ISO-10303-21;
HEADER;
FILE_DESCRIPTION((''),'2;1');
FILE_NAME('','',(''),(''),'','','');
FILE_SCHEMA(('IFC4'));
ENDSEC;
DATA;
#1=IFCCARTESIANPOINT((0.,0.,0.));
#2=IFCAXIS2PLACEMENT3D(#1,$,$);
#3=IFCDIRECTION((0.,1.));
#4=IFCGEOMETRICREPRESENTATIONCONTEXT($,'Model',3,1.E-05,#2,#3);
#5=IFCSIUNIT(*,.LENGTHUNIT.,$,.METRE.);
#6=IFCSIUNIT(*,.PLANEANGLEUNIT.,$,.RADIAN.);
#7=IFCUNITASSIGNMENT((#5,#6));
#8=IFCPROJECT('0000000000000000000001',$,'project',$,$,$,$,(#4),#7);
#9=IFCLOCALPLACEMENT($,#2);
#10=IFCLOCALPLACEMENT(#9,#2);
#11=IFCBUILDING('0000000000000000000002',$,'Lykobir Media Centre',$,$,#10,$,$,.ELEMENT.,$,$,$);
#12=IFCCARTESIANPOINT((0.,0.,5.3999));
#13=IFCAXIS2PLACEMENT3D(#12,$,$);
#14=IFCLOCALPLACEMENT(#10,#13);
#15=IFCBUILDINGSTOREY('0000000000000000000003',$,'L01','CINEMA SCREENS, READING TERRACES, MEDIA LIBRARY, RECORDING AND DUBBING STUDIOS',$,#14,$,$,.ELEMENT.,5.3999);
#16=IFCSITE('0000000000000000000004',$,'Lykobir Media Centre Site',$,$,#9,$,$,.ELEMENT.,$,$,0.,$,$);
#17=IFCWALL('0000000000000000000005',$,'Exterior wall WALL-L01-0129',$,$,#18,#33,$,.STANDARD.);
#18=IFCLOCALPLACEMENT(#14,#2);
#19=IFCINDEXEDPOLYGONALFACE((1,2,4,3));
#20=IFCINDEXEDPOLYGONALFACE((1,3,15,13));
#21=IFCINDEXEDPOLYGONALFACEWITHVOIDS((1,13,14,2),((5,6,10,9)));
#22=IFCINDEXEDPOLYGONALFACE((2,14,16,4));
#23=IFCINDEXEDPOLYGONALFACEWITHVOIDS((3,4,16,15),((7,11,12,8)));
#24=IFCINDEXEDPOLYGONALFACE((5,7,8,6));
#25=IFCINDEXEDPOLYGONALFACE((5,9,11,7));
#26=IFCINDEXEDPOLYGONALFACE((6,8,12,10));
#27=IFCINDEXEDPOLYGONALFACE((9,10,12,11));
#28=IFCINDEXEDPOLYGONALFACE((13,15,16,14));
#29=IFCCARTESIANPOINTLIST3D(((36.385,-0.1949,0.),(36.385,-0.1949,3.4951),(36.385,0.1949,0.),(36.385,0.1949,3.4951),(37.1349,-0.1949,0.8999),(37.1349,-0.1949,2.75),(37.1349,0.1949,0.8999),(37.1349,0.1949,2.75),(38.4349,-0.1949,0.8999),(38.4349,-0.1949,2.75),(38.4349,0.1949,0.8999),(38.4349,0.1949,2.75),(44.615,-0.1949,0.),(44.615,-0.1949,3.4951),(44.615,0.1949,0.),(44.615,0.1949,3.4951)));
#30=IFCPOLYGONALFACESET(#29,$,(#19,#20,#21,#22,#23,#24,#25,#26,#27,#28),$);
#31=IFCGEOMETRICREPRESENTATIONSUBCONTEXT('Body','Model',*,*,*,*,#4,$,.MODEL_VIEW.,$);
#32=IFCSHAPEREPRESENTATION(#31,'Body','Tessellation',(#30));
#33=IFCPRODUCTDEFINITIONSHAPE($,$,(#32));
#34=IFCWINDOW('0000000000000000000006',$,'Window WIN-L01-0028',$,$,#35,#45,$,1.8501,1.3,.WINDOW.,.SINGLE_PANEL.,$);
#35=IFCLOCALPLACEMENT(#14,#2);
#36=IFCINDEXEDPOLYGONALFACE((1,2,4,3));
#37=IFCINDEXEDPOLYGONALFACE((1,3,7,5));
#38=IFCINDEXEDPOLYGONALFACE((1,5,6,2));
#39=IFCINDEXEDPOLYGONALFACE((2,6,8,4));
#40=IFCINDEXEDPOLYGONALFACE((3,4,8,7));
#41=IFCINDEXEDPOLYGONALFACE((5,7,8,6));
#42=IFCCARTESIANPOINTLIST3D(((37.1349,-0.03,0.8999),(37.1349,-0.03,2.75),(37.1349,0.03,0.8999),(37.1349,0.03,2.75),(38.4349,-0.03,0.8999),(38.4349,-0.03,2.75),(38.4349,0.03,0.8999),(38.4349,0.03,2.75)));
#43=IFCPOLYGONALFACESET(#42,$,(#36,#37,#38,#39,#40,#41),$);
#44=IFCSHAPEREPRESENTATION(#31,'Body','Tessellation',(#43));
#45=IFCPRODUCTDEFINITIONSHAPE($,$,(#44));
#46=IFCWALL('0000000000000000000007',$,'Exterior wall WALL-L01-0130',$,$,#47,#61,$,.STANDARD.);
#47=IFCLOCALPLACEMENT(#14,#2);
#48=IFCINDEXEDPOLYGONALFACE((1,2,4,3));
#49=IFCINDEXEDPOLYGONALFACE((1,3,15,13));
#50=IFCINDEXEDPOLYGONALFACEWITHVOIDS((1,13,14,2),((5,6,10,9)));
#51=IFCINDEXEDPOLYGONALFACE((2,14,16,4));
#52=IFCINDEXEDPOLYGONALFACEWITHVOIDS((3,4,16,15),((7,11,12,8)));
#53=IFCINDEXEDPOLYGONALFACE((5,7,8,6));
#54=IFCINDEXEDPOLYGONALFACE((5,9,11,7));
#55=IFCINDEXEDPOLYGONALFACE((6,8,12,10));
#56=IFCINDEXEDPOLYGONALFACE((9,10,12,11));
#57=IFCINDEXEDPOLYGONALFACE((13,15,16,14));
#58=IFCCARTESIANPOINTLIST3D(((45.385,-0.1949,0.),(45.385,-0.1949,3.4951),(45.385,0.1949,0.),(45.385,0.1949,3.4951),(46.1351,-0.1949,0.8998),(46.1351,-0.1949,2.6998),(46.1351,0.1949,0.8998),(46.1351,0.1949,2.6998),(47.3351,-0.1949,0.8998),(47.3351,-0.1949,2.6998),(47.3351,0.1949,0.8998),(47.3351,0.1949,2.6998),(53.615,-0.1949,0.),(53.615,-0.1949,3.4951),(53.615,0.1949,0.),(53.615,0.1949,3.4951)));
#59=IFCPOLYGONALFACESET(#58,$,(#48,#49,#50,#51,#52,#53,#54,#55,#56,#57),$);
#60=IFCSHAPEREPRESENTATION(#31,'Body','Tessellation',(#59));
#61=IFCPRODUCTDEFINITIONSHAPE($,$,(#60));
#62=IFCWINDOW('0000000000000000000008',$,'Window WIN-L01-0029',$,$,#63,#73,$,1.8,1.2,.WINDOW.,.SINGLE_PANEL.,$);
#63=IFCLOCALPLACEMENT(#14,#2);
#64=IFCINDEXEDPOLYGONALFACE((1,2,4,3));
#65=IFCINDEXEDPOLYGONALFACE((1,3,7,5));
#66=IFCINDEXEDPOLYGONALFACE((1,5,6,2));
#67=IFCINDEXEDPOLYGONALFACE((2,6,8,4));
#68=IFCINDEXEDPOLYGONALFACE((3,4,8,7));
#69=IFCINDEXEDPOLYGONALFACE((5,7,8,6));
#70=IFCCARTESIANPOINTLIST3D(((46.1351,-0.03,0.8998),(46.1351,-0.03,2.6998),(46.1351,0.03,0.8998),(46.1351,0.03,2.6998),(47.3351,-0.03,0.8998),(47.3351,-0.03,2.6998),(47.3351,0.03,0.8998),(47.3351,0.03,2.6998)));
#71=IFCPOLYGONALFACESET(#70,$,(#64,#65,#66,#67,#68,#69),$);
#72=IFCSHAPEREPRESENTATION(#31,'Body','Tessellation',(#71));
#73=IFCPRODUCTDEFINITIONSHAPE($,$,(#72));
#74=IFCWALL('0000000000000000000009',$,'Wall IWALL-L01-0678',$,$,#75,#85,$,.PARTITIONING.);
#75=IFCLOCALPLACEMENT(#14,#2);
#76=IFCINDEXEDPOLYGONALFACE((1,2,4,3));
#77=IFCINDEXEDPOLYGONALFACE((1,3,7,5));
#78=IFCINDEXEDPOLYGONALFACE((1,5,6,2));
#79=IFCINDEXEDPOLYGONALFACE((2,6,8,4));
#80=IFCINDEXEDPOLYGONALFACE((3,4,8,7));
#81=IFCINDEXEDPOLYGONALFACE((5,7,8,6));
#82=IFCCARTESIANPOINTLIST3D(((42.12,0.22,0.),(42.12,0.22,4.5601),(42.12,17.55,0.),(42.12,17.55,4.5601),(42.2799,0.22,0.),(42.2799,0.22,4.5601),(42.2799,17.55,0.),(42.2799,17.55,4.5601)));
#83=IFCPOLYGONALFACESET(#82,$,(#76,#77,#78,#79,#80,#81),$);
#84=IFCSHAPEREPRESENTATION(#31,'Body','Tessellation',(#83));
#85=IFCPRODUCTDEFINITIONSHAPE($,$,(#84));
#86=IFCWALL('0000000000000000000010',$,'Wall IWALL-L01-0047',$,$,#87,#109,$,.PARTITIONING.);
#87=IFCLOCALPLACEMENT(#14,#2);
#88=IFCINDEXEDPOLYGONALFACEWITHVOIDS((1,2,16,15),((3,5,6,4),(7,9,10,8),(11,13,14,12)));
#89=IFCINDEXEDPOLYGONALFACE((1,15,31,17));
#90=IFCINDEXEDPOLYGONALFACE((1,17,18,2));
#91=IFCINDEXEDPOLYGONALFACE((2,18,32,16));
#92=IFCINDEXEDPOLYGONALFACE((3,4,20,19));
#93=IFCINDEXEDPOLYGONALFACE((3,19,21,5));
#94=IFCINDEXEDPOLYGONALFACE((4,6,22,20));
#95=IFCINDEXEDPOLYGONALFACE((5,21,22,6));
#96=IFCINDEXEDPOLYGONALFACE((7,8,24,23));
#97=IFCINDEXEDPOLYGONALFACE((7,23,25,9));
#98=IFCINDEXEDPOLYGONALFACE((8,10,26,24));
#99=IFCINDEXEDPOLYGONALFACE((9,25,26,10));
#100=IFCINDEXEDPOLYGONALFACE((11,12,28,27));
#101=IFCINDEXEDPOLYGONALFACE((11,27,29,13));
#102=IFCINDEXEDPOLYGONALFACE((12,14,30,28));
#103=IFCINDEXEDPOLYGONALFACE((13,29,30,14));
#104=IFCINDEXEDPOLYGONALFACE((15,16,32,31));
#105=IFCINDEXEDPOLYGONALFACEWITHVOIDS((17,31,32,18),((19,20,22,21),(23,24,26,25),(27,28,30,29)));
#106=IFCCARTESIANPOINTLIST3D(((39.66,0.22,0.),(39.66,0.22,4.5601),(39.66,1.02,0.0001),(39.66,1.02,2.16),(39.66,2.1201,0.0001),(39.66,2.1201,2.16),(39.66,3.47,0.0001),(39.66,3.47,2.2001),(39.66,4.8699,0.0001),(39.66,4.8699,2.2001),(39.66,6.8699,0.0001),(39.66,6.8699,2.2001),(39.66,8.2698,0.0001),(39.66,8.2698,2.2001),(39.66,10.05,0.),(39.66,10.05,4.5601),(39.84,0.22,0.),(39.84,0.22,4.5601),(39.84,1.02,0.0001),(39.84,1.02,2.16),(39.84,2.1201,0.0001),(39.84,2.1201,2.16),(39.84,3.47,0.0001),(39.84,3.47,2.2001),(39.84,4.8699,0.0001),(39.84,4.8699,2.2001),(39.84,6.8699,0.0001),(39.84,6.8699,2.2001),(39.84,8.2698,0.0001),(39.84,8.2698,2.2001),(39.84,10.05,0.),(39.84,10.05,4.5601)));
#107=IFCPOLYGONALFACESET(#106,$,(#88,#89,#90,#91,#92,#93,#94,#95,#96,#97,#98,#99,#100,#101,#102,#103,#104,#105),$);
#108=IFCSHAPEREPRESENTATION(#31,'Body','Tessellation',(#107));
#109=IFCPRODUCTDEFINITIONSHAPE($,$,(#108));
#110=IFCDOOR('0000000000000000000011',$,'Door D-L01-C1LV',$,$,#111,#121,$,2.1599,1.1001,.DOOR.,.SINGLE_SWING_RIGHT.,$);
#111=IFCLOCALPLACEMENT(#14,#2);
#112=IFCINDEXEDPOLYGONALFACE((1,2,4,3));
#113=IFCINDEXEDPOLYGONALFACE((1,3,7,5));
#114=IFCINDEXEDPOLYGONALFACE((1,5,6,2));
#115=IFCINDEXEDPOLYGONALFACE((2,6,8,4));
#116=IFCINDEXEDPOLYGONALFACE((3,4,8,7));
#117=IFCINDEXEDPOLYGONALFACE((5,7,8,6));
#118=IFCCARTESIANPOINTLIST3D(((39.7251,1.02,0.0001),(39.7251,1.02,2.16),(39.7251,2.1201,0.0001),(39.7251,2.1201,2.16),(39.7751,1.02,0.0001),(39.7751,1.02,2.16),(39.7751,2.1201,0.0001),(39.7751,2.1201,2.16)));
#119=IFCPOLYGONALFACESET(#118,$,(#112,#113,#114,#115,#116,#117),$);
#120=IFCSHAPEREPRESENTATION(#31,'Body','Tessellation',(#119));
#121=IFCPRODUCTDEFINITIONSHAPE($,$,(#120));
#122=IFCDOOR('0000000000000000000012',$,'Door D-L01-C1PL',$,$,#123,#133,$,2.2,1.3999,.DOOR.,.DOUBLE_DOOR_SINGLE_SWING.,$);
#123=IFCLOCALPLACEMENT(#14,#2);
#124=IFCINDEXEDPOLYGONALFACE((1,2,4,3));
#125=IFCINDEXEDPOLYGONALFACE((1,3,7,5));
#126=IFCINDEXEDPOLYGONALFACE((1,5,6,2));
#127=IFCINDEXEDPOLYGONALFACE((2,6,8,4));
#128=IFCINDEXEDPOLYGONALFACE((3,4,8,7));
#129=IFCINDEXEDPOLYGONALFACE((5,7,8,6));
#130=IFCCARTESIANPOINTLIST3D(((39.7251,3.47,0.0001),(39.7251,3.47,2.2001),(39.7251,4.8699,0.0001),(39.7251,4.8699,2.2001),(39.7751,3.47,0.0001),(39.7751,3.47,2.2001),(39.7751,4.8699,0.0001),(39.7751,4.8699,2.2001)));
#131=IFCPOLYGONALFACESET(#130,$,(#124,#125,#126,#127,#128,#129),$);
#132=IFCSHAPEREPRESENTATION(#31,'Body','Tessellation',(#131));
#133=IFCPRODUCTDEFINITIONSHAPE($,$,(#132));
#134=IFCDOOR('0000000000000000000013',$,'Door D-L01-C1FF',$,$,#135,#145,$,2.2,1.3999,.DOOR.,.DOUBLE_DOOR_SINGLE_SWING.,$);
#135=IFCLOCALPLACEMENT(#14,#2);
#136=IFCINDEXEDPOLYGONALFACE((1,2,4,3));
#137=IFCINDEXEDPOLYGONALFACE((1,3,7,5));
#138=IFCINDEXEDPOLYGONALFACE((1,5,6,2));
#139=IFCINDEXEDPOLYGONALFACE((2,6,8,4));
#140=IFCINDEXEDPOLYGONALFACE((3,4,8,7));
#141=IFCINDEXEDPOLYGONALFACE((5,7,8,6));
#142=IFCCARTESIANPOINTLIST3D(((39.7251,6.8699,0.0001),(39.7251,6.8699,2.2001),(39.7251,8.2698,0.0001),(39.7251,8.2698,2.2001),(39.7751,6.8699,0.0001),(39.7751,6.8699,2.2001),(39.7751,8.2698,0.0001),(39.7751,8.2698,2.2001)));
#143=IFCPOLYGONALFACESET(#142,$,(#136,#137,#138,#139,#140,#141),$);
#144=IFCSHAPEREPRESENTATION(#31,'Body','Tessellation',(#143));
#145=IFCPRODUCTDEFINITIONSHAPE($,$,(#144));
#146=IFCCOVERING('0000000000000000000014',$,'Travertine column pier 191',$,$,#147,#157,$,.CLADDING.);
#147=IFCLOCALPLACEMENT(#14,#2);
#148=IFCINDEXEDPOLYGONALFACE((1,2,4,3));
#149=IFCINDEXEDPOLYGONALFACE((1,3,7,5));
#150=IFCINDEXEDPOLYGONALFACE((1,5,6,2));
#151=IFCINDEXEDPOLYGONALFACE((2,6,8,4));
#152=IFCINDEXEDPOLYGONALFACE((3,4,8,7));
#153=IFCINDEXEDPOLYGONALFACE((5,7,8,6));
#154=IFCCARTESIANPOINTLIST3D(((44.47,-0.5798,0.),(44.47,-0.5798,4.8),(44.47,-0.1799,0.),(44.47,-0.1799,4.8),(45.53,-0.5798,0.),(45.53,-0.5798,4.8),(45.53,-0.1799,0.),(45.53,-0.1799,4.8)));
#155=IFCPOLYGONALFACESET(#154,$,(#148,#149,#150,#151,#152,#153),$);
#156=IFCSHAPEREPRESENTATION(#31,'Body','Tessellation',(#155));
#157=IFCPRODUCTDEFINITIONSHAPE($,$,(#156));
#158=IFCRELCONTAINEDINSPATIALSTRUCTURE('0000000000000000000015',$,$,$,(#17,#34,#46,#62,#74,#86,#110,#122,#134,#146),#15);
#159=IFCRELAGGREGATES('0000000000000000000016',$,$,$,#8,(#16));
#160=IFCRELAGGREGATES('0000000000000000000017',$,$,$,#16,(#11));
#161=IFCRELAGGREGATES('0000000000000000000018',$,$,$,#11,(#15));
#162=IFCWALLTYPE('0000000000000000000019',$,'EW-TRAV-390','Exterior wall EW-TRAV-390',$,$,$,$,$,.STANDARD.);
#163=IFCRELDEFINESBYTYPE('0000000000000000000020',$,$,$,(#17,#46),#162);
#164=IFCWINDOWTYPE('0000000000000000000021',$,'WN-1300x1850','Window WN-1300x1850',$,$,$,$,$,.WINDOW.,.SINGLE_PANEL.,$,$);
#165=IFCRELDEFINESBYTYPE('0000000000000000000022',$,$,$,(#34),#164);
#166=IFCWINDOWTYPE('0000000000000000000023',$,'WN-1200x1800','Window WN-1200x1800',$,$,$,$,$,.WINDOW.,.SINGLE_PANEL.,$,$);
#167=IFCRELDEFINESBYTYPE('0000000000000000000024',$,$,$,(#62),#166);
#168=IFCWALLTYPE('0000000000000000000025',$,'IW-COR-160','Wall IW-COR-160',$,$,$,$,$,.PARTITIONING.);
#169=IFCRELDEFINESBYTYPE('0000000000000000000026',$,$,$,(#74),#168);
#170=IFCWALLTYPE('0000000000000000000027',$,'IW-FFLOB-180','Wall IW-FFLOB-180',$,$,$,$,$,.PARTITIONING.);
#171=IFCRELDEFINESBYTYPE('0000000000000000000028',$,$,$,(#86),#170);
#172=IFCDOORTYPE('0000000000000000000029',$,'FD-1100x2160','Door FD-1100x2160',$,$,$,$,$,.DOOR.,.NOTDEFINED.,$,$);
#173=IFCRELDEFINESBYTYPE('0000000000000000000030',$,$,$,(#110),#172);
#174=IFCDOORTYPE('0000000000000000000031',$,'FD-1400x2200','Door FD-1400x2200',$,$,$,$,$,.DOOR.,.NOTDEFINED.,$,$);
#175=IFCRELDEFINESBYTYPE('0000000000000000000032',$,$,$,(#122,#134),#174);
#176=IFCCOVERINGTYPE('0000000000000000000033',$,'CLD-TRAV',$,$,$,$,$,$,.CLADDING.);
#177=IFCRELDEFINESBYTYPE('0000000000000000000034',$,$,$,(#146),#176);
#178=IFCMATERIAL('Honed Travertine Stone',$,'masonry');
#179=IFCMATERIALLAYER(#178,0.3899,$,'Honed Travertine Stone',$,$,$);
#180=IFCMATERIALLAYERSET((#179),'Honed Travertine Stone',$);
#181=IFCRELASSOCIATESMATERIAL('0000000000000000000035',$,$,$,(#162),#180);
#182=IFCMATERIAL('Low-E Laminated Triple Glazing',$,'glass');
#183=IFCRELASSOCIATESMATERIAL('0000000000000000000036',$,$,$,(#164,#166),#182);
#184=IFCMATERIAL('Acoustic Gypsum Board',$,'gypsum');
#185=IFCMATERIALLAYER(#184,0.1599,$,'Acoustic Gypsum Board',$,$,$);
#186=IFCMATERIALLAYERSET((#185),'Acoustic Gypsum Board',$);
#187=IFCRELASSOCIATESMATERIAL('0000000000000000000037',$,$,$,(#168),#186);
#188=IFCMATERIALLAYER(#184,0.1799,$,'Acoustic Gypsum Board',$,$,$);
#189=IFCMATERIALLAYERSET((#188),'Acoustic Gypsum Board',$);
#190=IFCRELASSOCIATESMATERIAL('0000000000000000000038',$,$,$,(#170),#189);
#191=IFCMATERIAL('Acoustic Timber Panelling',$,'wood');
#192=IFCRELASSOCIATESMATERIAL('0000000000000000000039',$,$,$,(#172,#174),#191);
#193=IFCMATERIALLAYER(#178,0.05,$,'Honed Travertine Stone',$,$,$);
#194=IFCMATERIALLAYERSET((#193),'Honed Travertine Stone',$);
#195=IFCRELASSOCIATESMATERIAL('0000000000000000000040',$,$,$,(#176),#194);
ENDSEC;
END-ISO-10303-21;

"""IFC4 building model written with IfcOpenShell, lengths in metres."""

from ifc_helpers import new_model, si_unit, direction, frame, frame_2d, origin, origin_2d, place, context, subcontext, project, spatial, rectangle, extrude, material, layer, layer_set, type_object, element, fill, save


model = new_model("IFC4")

# Units and contexts
model_context = context("Model", 3, precision=1e-05, world=origin(), true_north=direction((0.0, 1.0)))
body_context = subcontext(model_context, "Body", "Model", "MODEL_VIEW")
ifc_project = project(units=[si_unit("LENGTHUNIT", "METRE"), si_unit("PLANEANGLEUNIT", "RADIAN")], contexts=[model_context])

# Site, building, storey
site_placement = place(None, origin())
site = spatial("IfcSite", under=ifc_project, at=site_placement, Name="Lykobir Media Centre Site", CompositionType="ELEMENT", RefElevation=0.0)
building_placement = place(site_placement, origin())
building = spatial("IfcBuilding", under=site, at=building_placement, Name="Lykobir Media Centre", CompositionType="ELEMENT")
storey_placement = place(building_placement, frame((0.0, 0.0, 5.3999)))
storey = spatial("IfcBuildingStorey", under=building, at=storey_placement, Name="L01", Description="CINEMA SCREENS, READING TERRACES, MEDIA LIBRARY, RECORDING AND DUBBING STUDIOS", CompositionType="ELEMENT", Elevation=5.3999)

# Shared definitions
ifc_material_1 = material(Name="Honed Travertine Stone", Category="masonry")

# Walls, openings, windows
ifc_layer_1 = layer(ifc_material_1, 0.3899, Name="Honed Travertine Stone")
ifc_layer_set_1 = layer_set([ifc_layer_1], Name="Honed Travertine Stone")
wall_type_1 = type_object("IfcWallType", Name="EW-TRAV-390", Description="Exterior wall EW-TRAV-390", PredefinedType="STANDARD", material=ifc_layer_set_1)
wall_1_placement = place(storey_placement, frame((36.385, 0.0, 0.0), z_axis=(0.0, 0.0, 1.0), x_axis=(1.0, 0.0, 0.0)))
wall_1 = element("IfcWall", 1, at=wall_1_placement, inside=storey, type_object=wall_type_1, Name="Exterior wall WALL-L01-0129", PredefinedType="STANDARD", context=body_context, shape_type="SweptSolid", body=[
    extrude(rectangle(XDim=8.23, YDim=0.3899, at=frame_2d((4.115, 0.0))), origin(), (0.0, 0.0, 1.0), 3.4951),
])
opening_1_placement = place(wall_1_placement, frame((0.75, 0.0, 0.8999)))
opening_1 = element("IfcOpeningElement", 2, at=opening_1_placement, cuts=wall_1, PredefinedType="OPENING", context=body_context, shape_type="SweptSolid", body=[
    extrude(rectangle(XDim=1.3, YDim=1.8501, at=frame_2d((0.6499, 0.925))), frame((0.0, 0.2048, 0.0), z_axis=(0.0, -1.0, 0.0), x_axis=(1.0, 0.0, 0.0)), (0.0, 0.0, 1.0), 0.4099),
])
ifc_material_2 = material(Name="Low-E Laminated Triple Glazing", Category="glass")
window_type_1 = type_object("IfcWindowType", Name="WN-1300x1850", Description="Window WN-1300x1850", PartitioningType="SINGLE_PANEL", PredefinedType="WINDOW", material=ifc_material_2)
window_1_placement = place(opening_1_placement, origin())
window_1 = element("IfcWindow", 3, at=window_1_placement, inside=storey, type_object=window_type_1, Name="Window WIN-L01-0028", OverallHeight=1.8501, OverallWidth=1.3, PartitioningType="SINGLE_PANEL", PredefinedType="WINDOW", context=body_context, shape_type="SweptSolid", body=[
    extrude(rectangle(XDim=1.3, YDim=1.8501, at=frame_2d((0.6499, 0.925))), frame((0.0, 0.03, 0.0), z_axis=(0.0, -1.0, 0.0), x_axis=(1.0, 0.0, 0.0)), (0.0, 0.0, 1.0), 0.0601),
])
fill(opening_1, window_1)
wall_2_placement = place(storey_placement, frame((45.385, 0.0, 0.0), z_axis=(0.0, 0.0, 1.0), x_axis=(1.0, 0.0, 0.0)))
wall_2 = element("IfcWall", 4, at=wall_2_placement, inside=storey, type_object=wall_type_1, Name="Exterior wall WALL-L01-0130", PredefinedType="STANDARD", context=body_context, shape_type="SweptSolid", body=[
    extrude(rectangle(XDim=8.23, YDim=0.3899, at=frame_2d((4.115, 0.0))), origin(), (0.0, 0.0, 1.0), 3.4951),
])
opening_2_placement = place(wall_2_placement, frame((0.75, 0.0, 0.8999)))
opening_2 = element("IfcOpeningElement", 5, at=opening_2_placement, cuts=wall_2, PredefinedType="OPENING", context=body_context, shape_type="SweptSolid", body=[
    extrude(rectangle(XDim=1.2, YDim=1.8, at=frame_2d((0.6001, 0.8999))), frame((0.0, 0.2048, 0.0), z_axis=(0.0, -1.0, 0.0), x_axis=(1.0, 0.0, 0.0)), (0.0, 0.0, 1.0), 0.4099),
])
window_type_2 = type_object("IfcWindowType", Name="WN-1200x1800", Description="Window WN-1200x1800", PartitioningType="SINGLE_PANEL", PredefinedType="WINDOW", material=ifc_material_2)
window_2_placement = place(opening_2_placement, origin())
window_2 = element("IfcWindow", 6, at=window_2_placement, inside=storey, type_object=window_type_2, Name="Window WIN-L01-0029", OverallHeight=1.8, OverallWidth=1.2, PartitioningType="SINGLE_PANEL", PredefinedType="WINDOW", context=body_context, shape_type="SweptSolid", body=[
    extrude(rectangle(XDim=1.2, YDim=1.8, at=frame_2d((0.6001, 0.8999))), frame((0.0, 0.03, 0.0), z_axis=(0.0, -1.0, 0.0), x_axis=(1.0, 0.0, 0.0)), (0.0, 0.0, 1.0), 0.0601),
])
fill(opening_2, window_2)

# Wall
ifc_material_3 = material(Name="Acoustic Gypsum Board", Category="gypsum")
ifc_layer_2 = layer(ifc_material_3, 0.1599, Name="Acoustic Gypsum Board")
ifc_layer_set_2 = layer_set([ifc_layer_2], Name="Acoustic Gypsum Board")
wall_type_2 = type_object("IfcWallType", Name="IW-COR-160", Description="Wall IW-COR-160", PredefinedType="PARTITIONING", material=ifc_layer_set_2)
wall_3_placement = place(storey_placement, frame((42.2, 0.22, 0.0), z_axis=(0.0, 0.0, 1.0), x_axis=(0.0, 1.0, 0.0)))
element("IfcWall", 7, at=wall_3_placement, inside=storey, type_object=wall_type_2, Name="Wall IWALL-L01-0678", PredefinedType="PARTITIONING", context=body_context, shape_type="SweptSolid", body=[
    extrude(rectangle(XDim=17.3301, YDim=0.1599, at=frame_2d((8.665, 0.0))), origin(), (0.0, 0.0, 1.0), 4.5601),
])

# Wall, openings, doors
ifc_layer_3 = layer(ifc_material_3, 0.1799, Name="Acoustic Gypsum Board")
ifc_layer_set_3 = layer_set([ifc_layer_3], Name="Acoustic Gypsum Board")
wall_type_3 = type_object("IfcWallType", Name="IW-FFLOB-180", Description="Wall IW-FFLOB-180", PredefinedType="PARTITIONING", material=ifc_layer_set_3)
wall_4_placement = place(storey_placement, frame((39.75, 0.22, 0.0), z_axis=(0.0, 0.0, 1.0), x_axis=(0.0, 1.0, 0.0)))
wall_4 = element("IfcWall", 8, at=wall_4_placement, inside=storey, type_object=wall_type_3, Name="Wall IWALL-L01-0047", PredefinedType="PARTITIONING", context=body_context, shape_type="SweptSolid", body=[
    extrude(rectangle(XDim=9.8301, YDim=0.1799, at=frame_2d((4.915, 0.0))), origin(), (0.0, 0.0, 1.0), 4.5601),
])
opening_3_placement = place(wall_4_placement, frame((0.8, 0.0, 0.0)))
opening_3 = element("IfcOpeningElement", 9, at=opening_3_placement, cuts=wall_4, PredefinedType="OPENING", context=body_context, shape_type="SweptSolid", body=[
    extrude(rectangle(XDim=1.1001, YDim=2.1599, at=frame_2d((0.55, 1.0801))), frame((0.0, 0.0999, 0.0), z_axis=(0.0, -1.0, 0.0), x_axis=(1.0, 0.0, 0.0)), (0.0, 0.0, 1.0), 0.2),
])
opening_4_placement = place(wall_4_placement, frame((3.25, 0.0, 0.0)))
opening_4 = element("IfcOpeningElement", 10, at=opening_4_placement, cuts=wall_4, PredefinedType="OPENING", context=body_context, shape_type="SweptSolid", body=[
    extrude(rectangle(XDim=1.3999, YDim=2.2, at=frame_2d((0.7, 1.1001))), frame((0.0, 0.0999, 0.0), z_axis=(0.0, -1.0, 0.0), x_axis=(1.0, 0.0, 0.0)), (0.0, 0.0, 1.0), 0.2),
])
opening_5_placement = place(wall_4_placement, frame((6.6499, 0.0, 0.0)))
opening_5 = element("IfcOpeningElement", 11, at=opening_5_placement, cuts=wall_4, PredefinedType="OPENING", context=body_context, shape_type="SweptSolid", body=[
    extrude(rectangle(XDim=1.3999, YDim=2.2, at=frame_2d((0.7, 1.1001))), frame((0.0, 0.0999, 0.0), z_axis=(0.0, -1.0, 0.0), x_axis=(1.0, 0.0, 0.0)), (0.0, 0.0, 1.0), 0.2),
])
ifc_material_4 = material(Name="Acoustic Timber Panelling", Category="wood")
door_type_1 = type_object("IfcDoorType", Name="FD-1100x2160", Description="Door FD-1100x2160", OperationType="NOTDEFINED", PredefinedType="DOOR", material=ifc_material_4)
door_1_placement = place(opening_3_placement, origin())
door_1 = element("IfcDoor", 12, at=door_1_placement, inside=storey, type_object=door_type_1, Name="Door D-L01-C1LV", OperationType="SINGLE_SWING_RIGHT", OverallHeight=2.1599, OverallWidth=1.1001, PredefinedType="DOOR", context=body_context, shape_type="SweptSolid", body=[
    extrude(rectangle(XDim=1.1001, YDim=2.1599, at=frame_2d((0.55, 1.0801))), frame((0.0, 0.0249, 0.0), z_axis=(0.0, -1.0, 0.0), x_axis=(1.0, 0.0, 0.0)), (0.0, 0.0, 1.0), 0.05),
])
fill(opening_3, door_1)
door_type_2 = type_object("IfcDoorType", Name="FD-1400x2200", Description="Door FD-1400x2200", OperationType="NOTDEFINED", PredefinedType="DOOR", material=ifc_material_4)
door_2_placement = place(opening_4_placement, origin())
door_2 = element("IfcDoor", 13, at=door_2_placement, inside=storey, type_object=door_type_2, Name="Door D-L01-C1PL", OperationType="DOUBLE_DOOR_SINGLE_SWING", OverallHeight=2.2, OverallWidth=1.3999, PredefinedType="DOOR", context=body_context, shape_type="SweptSolid", body=[
    extrude(rectangle(XDim=1.3999, YDim=2.2, at=frame_2d((0.7, 1.1001))), frame((0.0, 0.0249, 0.0), z_axis=(0.0, -1.0, 0.0), x_axis=(1.0, 0.0, 0.0)), (0.0, 0.0, 1.0), 0.05),
])
fill(opening_4, door_2)
door_3_placement = place(opening_5_placement, origin())
door_3 = element("IfcDoor", 14, at=door_3_placement, inside=storey, type_object=door_type_2, Name="Door D-L01-C1FF", OperationType="DOUBLE_DOOR_SINGLE_SWING", OverallHeight=2.2, OverallWidth=1.3999, PredefinedType="DOOR", context=body_context, shape_type="SweptSolid", body=[
    extrude(rectangle(XDim=1.3999, YDim=2.2, at=frame_2d((0.7, 1.1001))), frame((0.0, 0.0249, 0.0), z_axis=(0.0, -1.0, 0.0), x_axis=(1.0, 0.0, 0.0)), (0.0, 0.0, 1.0), 0.05),
])
fill(opening_5, door_3)

# Covering
ifc_layer_4 = layer(ifc_material_1, 0.05, Name="Honed Travertine Stone")
ifc_layer_set_4 = layer_set([ifc_layer_4], Name="Honed Travertine Stone")
covering_type = type_object("IfcCoveringType", Name="CLD-TRAV", PredefinedType="CLADDING", material=ifc_layer_set_4)
covering_1_placement = place(storey_placement, frame((45.0, -0.3799, 0.0), z_axis=(0.0, 0.0, 1.0), x_axis=(1.0, 0.0, 0.0)))
element("IfcCovering", 15, at=covering_1_placement, inside=storey, type_object=covering_type, Name="Travertine column pier 191", PredefinedType="CLADDING", context=body_context, shape_type="SweptSolid", body=[
    extrude(rectangle(XDim=1.0601, YDim=0.3999, at=origin_2d()), origin(), (0.0, 0.0, 1.0), 4.8),
])

save(model, "model.ifc")
